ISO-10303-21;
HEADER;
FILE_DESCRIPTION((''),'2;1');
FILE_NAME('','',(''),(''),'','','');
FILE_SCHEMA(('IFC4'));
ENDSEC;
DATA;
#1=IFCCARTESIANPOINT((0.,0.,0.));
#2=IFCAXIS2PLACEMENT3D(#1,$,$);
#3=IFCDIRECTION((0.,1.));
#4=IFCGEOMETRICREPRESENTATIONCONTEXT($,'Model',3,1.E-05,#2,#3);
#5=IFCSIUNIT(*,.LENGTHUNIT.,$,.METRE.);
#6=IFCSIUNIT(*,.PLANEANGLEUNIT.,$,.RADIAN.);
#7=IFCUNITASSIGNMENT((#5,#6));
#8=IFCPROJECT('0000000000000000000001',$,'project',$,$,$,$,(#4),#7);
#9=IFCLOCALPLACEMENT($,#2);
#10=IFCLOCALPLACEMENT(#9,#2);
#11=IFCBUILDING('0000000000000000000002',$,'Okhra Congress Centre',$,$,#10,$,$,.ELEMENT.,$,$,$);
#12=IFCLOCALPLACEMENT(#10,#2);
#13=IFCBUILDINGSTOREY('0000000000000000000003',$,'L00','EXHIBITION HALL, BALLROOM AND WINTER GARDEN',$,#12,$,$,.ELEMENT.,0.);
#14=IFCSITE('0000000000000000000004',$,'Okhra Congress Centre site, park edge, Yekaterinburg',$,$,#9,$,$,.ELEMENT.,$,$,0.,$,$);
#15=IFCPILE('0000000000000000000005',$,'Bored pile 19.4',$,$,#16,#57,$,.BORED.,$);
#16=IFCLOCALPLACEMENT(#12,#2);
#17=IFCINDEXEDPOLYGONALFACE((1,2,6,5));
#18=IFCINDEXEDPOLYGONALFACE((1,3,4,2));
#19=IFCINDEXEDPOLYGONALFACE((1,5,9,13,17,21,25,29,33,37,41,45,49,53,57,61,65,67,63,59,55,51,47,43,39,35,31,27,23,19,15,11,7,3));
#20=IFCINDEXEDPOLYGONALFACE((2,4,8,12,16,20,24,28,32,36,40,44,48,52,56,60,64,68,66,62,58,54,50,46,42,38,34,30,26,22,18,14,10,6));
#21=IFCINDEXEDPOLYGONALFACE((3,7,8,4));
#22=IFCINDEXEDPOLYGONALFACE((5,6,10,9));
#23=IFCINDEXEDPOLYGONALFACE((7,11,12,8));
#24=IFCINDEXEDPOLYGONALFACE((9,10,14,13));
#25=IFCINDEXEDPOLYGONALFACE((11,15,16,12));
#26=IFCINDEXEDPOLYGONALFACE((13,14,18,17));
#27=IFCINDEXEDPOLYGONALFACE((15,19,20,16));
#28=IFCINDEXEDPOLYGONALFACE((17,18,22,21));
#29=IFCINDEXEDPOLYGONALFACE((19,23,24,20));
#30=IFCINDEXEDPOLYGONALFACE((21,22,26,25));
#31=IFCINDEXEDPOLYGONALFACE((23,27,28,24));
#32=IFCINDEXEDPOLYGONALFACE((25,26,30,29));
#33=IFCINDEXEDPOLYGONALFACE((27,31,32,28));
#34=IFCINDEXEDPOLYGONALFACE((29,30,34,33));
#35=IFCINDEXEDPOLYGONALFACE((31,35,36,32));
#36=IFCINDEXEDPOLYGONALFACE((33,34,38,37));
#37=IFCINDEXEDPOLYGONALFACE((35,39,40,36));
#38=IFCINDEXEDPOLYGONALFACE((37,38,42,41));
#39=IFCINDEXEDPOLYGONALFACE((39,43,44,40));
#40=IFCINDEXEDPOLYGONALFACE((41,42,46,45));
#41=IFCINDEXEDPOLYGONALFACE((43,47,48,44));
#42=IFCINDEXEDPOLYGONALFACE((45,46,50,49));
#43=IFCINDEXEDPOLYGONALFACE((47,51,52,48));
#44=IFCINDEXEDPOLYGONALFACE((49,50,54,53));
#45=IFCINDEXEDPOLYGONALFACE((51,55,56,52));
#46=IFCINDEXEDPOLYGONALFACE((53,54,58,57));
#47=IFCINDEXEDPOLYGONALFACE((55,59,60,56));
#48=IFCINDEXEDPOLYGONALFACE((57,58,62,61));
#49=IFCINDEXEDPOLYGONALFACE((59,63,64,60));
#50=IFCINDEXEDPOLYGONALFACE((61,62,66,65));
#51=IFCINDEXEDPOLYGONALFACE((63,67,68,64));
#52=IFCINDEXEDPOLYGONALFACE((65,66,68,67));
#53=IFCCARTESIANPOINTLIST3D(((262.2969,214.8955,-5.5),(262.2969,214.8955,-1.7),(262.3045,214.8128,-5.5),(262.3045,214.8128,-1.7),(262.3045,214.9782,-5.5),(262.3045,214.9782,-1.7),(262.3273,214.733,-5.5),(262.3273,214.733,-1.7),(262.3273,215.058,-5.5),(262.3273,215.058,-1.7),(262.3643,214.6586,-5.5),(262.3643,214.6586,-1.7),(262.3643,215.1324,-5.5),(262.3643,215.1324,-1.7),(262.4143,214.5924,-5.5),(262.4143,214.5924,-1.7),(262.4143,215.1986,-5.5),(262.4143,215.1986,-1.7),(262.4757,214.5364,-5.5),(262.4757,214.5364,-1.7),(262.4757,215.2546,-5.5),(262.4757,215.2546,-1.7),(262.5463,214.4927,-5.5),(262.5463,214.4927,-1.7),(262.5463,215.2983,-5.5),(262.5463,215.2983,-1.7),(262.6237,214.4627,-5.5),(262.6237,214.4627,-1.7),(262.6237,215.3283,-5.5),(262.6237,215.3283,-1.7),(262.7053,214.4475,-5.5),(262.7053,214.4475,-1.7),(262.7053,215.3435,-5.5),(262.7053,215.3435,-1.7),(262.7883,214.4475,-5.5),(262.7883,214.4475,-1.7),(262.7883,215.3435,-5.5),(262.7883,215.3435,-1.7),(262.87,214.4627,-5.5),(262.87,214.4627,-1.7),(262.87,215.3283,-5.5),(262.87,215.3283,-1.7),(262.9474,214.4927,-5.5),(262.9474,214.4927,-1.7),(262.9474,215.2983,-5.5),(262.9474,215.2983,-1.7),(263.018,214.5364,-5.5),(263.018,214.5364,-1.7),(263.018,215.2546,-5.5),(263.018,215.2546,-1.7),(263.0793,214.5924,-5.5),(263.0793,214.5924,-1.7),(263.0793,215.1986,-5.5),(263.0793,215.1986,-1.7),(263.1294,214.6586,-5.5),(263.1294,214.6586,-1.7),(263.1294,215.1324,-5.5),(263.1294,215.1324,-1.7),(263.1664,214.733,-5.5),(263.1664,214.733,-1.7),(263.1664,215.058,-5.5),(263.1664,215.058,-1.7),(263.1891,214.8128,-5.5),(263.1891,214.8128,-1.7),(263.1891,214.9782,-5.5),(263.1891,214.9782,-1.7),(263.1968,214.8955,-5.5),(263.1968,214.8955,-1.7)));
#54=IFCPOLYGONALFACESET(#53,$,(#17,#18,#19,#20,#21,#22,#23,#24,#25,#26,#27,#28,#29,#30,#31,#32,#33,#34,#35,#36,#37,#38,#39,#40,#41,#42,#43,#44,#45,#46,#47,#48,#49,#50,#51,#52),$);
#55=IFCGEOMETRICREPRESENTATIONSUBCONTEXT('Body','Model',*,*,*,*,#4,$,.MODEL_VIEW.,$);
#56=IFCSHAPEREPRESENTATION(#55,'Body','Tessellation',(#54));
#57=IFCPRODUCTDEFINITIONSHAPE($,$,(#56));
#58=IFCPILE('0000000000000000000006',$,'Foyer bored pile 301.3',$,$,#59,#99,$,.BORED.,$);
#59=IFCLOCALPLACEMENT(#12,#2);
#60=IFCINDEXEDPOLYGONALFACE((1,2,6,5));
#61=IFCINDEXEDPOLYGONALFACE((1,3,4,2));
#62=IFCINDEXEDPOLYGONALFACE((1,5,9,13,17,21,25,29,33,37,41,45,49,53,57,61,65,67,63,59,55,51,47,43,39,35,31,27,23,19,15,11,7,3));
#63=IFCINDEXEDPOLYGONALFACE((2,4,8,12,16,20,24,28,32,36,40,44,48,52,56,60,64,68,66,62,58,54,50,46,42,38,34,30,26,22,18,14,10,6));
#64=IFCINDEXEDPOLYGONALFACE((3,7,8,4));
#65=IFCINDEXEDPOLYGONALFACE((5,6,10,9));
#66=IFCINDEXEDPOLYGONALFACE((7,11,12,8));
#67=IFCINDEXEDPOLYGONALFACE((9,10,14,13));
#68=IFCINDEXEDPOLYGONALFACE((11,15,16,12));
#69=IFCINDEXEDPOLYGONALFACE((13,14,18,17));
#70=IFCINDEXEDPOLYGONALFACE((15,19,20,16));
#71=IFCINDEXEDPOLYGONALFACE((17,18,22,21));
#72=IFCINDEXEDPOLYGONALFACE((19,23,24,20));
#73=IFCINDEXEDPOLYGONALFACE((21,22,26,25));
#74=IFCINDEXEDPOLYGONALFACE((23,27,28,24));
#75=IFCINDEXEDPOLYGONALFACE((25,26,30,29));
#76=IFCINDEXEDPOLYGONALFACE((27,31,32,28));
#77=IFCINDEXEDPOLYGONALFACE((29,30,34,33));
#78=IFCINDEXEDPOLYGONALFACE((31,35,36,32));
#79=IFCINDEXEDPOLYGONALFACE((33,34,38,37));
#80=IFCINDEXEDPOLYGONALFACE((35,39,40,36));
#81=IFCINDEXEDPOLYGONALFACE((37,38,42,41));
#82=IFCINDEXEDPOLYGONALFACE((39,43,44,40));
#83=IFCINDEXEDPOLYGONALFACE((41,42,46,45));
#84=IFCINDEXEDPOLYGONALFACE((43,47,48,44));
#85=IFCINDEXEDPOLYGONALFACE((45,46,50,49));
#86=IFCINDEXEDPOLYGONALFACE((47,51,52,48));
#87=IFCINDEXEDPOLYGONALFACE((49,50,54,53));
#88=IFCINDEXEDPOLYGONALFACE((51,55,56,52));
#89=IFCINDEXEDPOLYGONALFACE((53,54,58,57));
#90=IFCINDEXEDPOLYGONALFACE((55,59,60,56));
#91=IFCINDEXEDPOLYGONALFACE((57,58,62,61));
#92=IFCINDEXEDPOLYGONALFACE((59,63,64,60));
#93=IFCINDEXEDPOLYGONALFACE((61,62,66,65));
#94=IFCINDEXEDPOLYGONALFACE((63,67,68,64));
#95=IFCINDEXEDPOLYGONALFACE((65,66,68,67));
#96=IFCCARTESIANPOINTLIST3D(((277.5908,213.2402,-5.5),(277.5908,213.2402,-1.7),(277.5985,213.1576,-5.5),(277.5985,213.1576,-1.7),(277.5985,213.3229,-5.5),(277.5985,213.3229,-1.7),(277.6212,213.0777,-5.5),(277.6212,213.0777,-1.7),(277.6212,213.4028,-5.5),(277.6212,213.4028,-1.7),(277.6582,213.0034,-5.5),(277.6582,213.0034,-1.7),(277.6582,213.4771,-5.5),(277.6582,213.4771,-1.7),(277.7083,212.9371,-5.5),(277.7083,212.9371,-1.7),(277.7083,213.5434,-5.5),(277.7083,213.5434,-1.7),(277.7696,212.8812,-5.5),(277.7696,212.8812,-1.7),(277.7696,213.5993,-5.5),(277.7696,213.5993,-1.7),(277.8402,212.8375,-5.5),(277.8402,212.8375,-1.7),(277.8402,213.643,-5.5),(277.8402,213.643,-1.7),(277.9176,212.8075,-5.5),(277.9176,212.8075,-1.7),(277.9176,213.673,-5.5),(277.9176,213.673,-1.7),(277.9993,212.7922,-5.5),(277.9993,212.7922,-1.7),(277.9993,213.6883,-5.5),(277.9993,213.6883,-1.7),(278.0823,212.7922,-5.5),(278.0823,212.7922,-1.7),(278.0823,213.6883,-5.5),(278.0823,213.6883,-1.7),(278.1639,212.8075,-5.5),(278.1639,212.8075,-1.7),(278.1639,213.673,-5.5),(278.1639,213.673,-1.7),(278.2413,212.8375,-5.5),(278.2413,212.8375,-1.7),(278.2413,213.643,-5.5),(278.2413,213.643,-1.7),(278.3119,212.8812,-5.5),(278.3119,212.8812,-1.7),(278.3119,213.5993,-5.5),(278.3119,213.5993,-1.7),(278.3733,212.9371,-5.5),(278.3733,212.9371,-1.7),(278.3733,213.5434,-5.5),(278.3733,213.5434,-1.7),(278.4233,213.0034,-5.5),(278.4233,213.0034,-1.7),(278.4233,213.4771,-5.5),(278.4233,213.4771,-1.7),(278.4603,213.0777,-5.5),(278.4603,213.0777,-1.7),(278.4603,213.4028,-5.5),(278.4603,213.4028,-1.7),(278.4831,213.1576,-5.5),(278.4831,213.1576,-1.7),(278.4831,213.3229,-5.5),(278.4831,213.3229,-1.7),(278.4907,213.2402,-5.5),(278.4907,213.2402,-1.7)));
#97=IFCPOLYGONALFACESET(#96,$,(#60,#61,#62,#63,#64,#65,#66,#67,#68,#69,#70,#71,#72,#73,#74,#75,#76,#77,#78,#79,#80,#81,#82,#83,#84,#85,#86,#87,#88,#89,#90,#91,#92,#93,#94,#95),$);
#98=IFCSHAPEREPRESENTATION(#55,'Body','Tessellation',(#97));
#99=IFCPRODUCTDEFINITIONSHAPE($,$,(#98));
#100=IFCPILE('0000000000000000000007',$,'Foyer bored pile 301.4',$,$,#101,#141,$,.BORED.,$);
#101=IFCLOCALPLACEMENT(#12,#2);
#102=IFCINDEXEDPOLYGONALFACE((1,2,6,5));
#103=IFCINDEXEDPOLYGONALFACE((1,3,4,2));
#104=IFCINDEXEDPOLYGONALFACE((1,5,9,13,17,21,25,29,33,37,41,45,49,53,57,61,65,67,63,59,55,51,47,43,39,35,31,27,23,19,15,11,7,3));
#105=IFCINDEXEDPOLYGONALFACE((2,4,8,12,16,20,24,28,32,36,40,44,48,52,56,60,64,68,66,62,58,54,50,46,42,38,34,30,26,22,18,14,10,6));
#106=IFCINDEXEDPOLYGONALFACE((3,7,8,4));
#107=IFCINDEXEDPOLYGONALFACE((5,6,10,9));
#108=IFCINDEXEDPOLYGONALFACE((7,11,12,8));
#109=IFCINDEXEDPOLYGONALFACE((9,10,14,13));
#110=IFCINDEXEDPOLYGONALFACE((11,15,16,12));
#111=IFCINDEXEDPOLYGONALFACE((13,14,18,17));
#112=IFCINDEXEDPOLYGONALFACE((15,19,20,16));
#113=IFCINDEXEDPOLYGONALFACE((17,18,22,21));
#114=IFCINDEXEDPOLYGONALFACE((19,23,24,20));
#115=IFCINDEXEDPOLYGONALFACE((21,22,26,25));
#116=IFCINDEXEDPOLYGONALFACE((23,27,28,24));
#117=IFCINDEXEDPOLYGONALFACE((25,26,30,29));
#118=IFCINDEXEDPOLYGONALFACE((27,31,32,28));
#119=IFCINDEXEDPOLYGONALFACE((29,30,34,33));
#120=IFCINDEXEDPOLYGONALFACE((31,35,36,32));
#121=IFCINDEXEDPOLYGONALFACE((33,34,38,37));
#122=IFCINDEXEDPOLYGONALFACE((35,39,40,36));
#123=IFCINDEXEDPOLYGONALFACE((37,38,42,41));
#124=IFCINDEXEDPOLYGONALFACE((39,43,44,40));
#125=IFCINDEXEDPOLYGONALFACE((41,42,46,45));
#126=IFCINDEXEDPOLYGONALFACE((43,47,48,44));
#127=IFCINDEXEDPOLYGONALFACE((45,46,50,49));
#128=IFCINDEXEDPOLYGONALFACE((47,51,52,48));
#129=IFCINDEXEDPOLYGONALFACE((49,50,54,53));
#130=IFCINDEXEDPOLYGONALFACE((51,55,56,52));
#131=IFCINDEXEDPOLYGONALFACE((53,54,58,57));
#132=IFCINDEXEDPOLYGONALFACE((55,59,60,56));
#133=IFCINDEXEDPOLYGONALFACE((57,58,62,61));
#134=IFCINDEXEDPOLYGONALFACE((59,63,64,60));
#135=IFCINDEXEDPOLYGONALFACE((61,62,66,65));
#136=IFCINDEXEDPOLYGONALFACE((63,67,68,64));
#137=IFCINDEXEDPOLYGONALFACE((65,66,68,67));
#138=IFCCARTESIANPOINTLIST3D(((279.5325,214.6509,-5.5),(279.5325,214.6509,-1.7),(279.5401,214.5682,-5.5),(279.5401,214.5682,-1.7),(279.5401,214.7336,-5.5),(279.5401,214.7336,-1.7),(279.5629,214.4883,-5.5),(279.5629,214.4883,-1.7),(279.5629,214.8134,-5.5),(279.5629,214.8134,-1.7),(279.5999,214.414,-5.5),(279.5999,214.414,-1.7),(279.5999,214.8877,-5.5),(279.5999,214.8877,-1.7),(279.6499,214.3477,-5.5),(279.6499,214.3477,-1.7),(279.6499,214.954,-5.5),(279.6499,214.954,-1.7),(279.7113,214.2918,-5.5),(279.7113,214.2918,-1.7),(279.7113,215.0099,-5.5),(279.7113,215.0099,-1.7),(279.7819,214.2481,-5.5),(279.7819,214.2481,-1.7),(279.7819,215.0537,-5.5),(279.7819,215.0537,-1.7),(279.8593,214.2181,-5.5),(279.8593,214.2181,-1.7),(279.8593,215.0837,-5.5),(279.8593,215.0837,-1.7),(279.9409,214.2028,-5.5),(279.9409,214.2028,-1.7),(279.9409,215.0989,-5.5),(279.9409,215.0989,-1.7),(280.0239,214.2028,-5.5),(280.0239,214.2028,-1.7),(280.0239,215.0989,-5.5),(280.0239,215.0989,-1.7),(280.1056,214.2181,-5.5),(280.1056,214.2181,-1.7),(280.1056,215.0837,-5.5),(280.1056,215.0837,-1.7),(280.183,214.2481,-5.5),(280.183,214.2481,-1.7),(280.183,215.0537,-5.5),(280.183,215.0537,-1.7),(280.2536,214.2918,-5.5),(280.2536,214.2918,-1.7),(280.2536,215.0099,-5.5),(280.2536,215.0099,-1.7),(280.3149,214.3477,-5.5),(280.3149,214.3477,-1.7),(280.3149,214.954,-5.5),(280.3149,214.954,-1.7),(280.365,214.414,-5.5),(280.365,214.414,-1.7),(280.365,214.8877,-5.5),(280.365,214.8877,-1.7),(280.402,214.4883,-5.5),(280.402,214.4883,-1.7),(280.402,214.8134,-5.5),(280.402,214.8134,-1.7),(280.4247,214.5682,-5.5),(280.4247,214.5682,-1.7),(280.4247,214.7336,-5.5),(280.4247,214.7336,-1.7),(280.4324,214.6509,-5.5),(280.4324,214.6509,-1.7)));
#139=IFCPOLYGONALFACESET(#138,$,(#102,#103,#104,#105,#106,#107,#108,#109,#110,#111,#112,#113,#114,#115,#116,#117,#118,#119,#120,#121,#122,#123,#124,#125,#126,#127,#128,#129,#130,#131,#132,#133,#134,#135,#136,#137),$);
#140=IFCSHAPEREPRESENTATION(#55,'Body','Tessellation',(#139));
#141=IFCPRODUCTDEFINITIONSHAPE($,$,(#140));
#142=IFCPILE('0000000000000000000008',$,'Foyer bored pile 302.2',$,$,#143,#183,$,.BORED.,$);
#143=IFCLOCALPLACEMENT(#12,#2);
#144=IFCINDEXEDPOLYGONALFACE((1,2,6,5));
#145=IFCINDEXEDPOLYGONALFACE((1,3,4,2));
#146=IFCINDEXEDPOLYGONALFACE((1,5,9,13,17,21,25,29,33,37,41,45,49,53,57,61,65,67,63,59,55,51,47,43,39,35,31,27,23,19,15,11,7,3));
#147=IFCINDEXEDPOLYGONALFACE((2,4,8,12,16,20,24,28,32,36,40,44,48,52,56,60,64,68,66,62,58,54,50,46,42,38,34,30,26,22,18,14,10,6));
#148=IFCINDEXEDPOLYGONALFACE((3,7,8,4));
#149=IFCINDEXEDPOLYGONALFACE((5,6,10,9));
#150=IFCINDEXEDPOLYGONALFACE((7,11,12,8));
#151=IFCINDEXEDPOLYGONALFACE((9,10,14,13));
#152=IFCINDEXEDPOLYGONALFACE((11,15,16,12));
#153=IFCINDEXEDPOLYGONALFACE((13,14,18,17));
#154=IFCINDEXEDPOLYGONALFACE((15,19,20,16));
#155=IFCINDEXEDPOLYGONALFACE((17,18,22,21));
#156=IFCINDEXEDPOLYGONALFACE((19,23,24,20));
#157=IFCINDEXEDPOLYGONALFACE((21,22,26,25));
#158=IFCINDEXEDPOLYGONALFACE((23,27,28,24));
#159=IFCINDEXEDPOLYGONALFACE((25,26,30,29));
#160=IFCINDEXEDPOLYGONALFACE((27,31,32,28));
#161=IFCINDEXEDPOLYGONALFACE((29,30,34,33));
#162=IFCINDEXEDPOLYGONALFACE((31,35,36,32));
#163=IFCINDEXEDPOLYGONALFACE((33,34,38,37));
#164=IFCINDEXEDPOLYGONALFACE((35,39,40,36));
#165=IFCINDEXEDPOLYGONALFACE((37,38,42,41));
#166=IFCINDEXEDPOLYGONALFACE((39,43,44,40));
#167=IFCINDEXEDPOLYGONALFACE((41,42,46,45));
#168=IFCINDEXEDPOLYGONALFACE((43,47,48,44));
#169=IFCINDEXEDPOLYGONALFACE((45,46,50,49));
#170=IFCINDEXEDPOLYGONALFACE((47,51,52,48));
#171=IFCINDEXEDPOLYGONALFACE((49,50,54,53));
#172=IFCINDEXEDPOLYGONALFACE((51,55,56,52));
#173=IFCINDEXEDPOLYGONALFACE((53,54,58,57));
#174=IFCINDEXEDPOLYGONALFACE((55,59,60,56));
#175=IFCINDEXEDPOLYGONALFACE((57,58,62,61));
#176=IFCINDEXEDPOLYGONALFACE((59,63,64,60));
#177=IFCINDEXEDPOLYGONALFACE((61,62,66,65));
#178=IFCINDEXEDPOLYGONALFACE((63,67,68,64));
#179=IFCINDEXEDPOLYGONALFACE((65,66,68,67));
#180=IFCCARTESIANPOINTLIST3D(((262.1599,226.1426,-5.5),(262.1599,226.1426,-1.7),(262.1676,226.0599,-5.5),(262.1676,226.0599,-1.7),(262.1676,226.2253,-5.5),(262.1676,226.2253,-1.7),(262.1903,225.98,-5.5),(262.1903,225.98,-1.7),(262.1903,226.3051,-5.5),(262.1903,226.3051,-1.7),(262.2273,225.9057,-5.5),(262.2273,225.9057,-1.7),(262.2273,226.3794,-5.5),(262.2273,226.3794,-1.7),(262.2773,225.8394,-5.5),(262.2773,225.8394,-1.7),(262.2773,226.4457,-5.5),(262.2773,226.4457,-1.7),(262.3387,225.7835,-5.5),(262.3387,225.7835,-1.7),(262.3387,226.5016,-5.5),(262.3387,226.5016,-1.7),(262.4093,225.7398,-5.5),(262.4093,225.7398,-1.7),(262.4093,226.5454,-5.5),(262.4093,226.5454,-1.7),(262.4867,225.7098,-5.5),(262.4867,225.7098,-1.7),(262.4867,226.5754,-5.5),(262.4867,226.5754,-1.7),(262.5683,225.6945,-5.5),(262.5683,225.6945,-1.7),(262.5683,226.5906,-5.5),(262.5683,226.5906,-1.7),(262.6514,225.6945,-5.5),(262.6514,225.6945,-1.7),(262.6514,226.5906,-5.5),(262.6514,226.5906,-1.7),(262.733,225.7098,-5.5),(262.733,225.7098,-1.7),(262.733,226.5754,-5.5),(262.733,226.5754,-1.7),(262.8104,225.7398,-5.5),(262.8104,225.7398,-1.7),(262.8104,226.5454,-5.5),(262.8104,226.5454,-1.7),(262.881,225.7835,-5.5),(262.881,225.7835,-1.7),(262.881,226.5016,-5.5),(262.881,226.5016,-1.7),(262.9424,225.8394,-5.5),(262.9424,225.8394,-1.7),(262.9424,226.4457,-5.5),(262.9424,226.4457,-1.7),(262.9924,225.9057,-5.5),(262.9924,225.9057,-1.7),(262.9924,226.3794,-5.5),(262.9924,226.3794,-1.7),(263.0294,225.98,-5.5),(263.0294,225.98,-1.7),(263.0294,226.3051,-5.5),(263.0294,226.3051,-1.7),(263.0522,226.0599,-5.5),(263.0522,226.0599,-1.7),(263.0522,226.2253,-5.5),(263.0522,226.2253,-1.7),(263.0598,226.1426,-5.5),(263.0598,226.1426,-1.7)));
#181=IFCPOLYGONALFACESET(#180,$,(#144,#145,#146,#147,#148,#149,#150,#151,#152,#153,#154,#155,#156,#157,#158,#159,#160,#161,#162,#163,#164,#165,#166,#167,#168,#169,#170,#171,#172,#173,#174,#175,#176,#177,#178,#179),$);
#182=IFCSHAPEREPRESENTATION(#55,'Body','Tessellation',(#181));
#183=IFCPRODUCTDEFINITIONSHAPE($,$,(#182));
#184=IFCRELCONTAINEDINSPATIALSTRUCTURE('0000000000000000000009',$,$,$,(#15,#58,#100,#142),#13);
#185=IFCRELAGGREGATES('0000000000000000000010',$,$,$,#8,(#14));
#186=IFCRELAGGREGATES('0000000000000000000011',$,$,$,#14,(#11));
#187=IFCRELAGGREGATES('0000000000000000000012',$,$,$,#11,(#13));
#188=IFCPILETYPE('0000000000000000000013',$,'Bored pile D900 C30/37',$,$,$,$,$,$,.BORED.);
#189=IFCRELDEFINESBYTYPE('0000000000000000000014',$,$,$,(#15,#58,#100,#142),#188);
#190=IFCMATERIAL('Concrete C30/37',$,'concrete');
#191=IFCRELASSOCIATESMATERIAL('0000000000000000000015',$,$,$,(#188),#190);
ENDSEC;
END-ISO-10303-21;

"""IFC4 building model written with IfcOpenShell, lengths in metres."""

from ifc_helpers import new_model, si_unit, direction, frame, origin, origin_2d, place, context, subcontext, project, spatial, circle, extrude, material, material_profile, profile_set, type_object, element, save


model = new_model("IFC4")

# Units and contexts
model_context = context("Model", 3, precision=1e-05, world=origin(), true_north=direction((0.0, 1.0)))
body_context = subcontext(model_context, "Body", "Model", "MODEL_VIEW")
ifc_project = project(units=[si_unit("LENGTHUNIT", "METRE"), si_unit("PLANEANGLEUNIT", "RADIAN")], contexts=[model_context])

# Site, building, storey
site_placement = place(None, origin())
site = spatial("IfcSite", under=ifc_project, at=site_placement, Name="Okhra Congress Centre site, park edge, Yekaterinburg", CompositionType="ELEMENT", RefElevation=0.0)
building_placement = place(site_placement, origin())
building = spatial("IfcBuilding", under=site, at=building_placement, Name="Okhra Congress Centre", CompositionType="ELEMENT")
storey_placement = place(building_placement, origin())
storey = spatial("IfcBuildingStorey", under=building, at=storey_placement, Name="L00", Description="EXHIBITION HALL, BALLROOM AND WINTER GARDEN", CompositionType="ELEMENT", Elevation=0.0)

# Piles
ifc_material_1 = material(Name="Concrete C30/37", Category="concrete")
ifc_material_profile = material_profile(ifc_material_1, circle(Radius=0.45, at=origin_2d()), Name="D900")
ifc_profile_set = profile_set([ifc_material_profile], Name="Concrete C30/37")
pile_type = type_object("IfcPileType", Name="Bored pile D900 C30/37", PredefinedType="BORED", material=ifc_profile_set)
for number, where, z_axis, x_axis, name in (
    (1, (262.7468, 214.8955, -1.7), (0.0, 0.0, -1.0), (1.0, 0.0, 0.0), "Bored pile 19.4"),
    (2, (278.0408, 213.2402, -1.7), (0.0, 0.0, -1.0), (1.0, 0.0, 0.0), "Foyer bored pile 301.3"),
    (3, (279.9824, 214.6509, -1.7), (0.0, 0.0, -1.0), (1.0, 0.0, 0.0), "Foyer bored pile 301.4"),
    (4, (262.6099, 226.1426, -1.7), (0.0, 0.0, -1.0), (1.0, 0.0, 0.0), "Foyer bored pile 302.2"),
):
    element("IfcPile", number, at=place(storey_placement, frame(where, z_axis=z_axis, x_axis=x_axis)), inside=storey, type_object=pile_type, Name=name, PredefinedType="BORED", context=body_context, shape_type="SweptSolid", body=[
        extrude(circle(Radius=0.45, at=origin_2d()), origin(), (0.0, 0.0, 1.0), 3.8),
    ])

save(model, "model.ifc")
